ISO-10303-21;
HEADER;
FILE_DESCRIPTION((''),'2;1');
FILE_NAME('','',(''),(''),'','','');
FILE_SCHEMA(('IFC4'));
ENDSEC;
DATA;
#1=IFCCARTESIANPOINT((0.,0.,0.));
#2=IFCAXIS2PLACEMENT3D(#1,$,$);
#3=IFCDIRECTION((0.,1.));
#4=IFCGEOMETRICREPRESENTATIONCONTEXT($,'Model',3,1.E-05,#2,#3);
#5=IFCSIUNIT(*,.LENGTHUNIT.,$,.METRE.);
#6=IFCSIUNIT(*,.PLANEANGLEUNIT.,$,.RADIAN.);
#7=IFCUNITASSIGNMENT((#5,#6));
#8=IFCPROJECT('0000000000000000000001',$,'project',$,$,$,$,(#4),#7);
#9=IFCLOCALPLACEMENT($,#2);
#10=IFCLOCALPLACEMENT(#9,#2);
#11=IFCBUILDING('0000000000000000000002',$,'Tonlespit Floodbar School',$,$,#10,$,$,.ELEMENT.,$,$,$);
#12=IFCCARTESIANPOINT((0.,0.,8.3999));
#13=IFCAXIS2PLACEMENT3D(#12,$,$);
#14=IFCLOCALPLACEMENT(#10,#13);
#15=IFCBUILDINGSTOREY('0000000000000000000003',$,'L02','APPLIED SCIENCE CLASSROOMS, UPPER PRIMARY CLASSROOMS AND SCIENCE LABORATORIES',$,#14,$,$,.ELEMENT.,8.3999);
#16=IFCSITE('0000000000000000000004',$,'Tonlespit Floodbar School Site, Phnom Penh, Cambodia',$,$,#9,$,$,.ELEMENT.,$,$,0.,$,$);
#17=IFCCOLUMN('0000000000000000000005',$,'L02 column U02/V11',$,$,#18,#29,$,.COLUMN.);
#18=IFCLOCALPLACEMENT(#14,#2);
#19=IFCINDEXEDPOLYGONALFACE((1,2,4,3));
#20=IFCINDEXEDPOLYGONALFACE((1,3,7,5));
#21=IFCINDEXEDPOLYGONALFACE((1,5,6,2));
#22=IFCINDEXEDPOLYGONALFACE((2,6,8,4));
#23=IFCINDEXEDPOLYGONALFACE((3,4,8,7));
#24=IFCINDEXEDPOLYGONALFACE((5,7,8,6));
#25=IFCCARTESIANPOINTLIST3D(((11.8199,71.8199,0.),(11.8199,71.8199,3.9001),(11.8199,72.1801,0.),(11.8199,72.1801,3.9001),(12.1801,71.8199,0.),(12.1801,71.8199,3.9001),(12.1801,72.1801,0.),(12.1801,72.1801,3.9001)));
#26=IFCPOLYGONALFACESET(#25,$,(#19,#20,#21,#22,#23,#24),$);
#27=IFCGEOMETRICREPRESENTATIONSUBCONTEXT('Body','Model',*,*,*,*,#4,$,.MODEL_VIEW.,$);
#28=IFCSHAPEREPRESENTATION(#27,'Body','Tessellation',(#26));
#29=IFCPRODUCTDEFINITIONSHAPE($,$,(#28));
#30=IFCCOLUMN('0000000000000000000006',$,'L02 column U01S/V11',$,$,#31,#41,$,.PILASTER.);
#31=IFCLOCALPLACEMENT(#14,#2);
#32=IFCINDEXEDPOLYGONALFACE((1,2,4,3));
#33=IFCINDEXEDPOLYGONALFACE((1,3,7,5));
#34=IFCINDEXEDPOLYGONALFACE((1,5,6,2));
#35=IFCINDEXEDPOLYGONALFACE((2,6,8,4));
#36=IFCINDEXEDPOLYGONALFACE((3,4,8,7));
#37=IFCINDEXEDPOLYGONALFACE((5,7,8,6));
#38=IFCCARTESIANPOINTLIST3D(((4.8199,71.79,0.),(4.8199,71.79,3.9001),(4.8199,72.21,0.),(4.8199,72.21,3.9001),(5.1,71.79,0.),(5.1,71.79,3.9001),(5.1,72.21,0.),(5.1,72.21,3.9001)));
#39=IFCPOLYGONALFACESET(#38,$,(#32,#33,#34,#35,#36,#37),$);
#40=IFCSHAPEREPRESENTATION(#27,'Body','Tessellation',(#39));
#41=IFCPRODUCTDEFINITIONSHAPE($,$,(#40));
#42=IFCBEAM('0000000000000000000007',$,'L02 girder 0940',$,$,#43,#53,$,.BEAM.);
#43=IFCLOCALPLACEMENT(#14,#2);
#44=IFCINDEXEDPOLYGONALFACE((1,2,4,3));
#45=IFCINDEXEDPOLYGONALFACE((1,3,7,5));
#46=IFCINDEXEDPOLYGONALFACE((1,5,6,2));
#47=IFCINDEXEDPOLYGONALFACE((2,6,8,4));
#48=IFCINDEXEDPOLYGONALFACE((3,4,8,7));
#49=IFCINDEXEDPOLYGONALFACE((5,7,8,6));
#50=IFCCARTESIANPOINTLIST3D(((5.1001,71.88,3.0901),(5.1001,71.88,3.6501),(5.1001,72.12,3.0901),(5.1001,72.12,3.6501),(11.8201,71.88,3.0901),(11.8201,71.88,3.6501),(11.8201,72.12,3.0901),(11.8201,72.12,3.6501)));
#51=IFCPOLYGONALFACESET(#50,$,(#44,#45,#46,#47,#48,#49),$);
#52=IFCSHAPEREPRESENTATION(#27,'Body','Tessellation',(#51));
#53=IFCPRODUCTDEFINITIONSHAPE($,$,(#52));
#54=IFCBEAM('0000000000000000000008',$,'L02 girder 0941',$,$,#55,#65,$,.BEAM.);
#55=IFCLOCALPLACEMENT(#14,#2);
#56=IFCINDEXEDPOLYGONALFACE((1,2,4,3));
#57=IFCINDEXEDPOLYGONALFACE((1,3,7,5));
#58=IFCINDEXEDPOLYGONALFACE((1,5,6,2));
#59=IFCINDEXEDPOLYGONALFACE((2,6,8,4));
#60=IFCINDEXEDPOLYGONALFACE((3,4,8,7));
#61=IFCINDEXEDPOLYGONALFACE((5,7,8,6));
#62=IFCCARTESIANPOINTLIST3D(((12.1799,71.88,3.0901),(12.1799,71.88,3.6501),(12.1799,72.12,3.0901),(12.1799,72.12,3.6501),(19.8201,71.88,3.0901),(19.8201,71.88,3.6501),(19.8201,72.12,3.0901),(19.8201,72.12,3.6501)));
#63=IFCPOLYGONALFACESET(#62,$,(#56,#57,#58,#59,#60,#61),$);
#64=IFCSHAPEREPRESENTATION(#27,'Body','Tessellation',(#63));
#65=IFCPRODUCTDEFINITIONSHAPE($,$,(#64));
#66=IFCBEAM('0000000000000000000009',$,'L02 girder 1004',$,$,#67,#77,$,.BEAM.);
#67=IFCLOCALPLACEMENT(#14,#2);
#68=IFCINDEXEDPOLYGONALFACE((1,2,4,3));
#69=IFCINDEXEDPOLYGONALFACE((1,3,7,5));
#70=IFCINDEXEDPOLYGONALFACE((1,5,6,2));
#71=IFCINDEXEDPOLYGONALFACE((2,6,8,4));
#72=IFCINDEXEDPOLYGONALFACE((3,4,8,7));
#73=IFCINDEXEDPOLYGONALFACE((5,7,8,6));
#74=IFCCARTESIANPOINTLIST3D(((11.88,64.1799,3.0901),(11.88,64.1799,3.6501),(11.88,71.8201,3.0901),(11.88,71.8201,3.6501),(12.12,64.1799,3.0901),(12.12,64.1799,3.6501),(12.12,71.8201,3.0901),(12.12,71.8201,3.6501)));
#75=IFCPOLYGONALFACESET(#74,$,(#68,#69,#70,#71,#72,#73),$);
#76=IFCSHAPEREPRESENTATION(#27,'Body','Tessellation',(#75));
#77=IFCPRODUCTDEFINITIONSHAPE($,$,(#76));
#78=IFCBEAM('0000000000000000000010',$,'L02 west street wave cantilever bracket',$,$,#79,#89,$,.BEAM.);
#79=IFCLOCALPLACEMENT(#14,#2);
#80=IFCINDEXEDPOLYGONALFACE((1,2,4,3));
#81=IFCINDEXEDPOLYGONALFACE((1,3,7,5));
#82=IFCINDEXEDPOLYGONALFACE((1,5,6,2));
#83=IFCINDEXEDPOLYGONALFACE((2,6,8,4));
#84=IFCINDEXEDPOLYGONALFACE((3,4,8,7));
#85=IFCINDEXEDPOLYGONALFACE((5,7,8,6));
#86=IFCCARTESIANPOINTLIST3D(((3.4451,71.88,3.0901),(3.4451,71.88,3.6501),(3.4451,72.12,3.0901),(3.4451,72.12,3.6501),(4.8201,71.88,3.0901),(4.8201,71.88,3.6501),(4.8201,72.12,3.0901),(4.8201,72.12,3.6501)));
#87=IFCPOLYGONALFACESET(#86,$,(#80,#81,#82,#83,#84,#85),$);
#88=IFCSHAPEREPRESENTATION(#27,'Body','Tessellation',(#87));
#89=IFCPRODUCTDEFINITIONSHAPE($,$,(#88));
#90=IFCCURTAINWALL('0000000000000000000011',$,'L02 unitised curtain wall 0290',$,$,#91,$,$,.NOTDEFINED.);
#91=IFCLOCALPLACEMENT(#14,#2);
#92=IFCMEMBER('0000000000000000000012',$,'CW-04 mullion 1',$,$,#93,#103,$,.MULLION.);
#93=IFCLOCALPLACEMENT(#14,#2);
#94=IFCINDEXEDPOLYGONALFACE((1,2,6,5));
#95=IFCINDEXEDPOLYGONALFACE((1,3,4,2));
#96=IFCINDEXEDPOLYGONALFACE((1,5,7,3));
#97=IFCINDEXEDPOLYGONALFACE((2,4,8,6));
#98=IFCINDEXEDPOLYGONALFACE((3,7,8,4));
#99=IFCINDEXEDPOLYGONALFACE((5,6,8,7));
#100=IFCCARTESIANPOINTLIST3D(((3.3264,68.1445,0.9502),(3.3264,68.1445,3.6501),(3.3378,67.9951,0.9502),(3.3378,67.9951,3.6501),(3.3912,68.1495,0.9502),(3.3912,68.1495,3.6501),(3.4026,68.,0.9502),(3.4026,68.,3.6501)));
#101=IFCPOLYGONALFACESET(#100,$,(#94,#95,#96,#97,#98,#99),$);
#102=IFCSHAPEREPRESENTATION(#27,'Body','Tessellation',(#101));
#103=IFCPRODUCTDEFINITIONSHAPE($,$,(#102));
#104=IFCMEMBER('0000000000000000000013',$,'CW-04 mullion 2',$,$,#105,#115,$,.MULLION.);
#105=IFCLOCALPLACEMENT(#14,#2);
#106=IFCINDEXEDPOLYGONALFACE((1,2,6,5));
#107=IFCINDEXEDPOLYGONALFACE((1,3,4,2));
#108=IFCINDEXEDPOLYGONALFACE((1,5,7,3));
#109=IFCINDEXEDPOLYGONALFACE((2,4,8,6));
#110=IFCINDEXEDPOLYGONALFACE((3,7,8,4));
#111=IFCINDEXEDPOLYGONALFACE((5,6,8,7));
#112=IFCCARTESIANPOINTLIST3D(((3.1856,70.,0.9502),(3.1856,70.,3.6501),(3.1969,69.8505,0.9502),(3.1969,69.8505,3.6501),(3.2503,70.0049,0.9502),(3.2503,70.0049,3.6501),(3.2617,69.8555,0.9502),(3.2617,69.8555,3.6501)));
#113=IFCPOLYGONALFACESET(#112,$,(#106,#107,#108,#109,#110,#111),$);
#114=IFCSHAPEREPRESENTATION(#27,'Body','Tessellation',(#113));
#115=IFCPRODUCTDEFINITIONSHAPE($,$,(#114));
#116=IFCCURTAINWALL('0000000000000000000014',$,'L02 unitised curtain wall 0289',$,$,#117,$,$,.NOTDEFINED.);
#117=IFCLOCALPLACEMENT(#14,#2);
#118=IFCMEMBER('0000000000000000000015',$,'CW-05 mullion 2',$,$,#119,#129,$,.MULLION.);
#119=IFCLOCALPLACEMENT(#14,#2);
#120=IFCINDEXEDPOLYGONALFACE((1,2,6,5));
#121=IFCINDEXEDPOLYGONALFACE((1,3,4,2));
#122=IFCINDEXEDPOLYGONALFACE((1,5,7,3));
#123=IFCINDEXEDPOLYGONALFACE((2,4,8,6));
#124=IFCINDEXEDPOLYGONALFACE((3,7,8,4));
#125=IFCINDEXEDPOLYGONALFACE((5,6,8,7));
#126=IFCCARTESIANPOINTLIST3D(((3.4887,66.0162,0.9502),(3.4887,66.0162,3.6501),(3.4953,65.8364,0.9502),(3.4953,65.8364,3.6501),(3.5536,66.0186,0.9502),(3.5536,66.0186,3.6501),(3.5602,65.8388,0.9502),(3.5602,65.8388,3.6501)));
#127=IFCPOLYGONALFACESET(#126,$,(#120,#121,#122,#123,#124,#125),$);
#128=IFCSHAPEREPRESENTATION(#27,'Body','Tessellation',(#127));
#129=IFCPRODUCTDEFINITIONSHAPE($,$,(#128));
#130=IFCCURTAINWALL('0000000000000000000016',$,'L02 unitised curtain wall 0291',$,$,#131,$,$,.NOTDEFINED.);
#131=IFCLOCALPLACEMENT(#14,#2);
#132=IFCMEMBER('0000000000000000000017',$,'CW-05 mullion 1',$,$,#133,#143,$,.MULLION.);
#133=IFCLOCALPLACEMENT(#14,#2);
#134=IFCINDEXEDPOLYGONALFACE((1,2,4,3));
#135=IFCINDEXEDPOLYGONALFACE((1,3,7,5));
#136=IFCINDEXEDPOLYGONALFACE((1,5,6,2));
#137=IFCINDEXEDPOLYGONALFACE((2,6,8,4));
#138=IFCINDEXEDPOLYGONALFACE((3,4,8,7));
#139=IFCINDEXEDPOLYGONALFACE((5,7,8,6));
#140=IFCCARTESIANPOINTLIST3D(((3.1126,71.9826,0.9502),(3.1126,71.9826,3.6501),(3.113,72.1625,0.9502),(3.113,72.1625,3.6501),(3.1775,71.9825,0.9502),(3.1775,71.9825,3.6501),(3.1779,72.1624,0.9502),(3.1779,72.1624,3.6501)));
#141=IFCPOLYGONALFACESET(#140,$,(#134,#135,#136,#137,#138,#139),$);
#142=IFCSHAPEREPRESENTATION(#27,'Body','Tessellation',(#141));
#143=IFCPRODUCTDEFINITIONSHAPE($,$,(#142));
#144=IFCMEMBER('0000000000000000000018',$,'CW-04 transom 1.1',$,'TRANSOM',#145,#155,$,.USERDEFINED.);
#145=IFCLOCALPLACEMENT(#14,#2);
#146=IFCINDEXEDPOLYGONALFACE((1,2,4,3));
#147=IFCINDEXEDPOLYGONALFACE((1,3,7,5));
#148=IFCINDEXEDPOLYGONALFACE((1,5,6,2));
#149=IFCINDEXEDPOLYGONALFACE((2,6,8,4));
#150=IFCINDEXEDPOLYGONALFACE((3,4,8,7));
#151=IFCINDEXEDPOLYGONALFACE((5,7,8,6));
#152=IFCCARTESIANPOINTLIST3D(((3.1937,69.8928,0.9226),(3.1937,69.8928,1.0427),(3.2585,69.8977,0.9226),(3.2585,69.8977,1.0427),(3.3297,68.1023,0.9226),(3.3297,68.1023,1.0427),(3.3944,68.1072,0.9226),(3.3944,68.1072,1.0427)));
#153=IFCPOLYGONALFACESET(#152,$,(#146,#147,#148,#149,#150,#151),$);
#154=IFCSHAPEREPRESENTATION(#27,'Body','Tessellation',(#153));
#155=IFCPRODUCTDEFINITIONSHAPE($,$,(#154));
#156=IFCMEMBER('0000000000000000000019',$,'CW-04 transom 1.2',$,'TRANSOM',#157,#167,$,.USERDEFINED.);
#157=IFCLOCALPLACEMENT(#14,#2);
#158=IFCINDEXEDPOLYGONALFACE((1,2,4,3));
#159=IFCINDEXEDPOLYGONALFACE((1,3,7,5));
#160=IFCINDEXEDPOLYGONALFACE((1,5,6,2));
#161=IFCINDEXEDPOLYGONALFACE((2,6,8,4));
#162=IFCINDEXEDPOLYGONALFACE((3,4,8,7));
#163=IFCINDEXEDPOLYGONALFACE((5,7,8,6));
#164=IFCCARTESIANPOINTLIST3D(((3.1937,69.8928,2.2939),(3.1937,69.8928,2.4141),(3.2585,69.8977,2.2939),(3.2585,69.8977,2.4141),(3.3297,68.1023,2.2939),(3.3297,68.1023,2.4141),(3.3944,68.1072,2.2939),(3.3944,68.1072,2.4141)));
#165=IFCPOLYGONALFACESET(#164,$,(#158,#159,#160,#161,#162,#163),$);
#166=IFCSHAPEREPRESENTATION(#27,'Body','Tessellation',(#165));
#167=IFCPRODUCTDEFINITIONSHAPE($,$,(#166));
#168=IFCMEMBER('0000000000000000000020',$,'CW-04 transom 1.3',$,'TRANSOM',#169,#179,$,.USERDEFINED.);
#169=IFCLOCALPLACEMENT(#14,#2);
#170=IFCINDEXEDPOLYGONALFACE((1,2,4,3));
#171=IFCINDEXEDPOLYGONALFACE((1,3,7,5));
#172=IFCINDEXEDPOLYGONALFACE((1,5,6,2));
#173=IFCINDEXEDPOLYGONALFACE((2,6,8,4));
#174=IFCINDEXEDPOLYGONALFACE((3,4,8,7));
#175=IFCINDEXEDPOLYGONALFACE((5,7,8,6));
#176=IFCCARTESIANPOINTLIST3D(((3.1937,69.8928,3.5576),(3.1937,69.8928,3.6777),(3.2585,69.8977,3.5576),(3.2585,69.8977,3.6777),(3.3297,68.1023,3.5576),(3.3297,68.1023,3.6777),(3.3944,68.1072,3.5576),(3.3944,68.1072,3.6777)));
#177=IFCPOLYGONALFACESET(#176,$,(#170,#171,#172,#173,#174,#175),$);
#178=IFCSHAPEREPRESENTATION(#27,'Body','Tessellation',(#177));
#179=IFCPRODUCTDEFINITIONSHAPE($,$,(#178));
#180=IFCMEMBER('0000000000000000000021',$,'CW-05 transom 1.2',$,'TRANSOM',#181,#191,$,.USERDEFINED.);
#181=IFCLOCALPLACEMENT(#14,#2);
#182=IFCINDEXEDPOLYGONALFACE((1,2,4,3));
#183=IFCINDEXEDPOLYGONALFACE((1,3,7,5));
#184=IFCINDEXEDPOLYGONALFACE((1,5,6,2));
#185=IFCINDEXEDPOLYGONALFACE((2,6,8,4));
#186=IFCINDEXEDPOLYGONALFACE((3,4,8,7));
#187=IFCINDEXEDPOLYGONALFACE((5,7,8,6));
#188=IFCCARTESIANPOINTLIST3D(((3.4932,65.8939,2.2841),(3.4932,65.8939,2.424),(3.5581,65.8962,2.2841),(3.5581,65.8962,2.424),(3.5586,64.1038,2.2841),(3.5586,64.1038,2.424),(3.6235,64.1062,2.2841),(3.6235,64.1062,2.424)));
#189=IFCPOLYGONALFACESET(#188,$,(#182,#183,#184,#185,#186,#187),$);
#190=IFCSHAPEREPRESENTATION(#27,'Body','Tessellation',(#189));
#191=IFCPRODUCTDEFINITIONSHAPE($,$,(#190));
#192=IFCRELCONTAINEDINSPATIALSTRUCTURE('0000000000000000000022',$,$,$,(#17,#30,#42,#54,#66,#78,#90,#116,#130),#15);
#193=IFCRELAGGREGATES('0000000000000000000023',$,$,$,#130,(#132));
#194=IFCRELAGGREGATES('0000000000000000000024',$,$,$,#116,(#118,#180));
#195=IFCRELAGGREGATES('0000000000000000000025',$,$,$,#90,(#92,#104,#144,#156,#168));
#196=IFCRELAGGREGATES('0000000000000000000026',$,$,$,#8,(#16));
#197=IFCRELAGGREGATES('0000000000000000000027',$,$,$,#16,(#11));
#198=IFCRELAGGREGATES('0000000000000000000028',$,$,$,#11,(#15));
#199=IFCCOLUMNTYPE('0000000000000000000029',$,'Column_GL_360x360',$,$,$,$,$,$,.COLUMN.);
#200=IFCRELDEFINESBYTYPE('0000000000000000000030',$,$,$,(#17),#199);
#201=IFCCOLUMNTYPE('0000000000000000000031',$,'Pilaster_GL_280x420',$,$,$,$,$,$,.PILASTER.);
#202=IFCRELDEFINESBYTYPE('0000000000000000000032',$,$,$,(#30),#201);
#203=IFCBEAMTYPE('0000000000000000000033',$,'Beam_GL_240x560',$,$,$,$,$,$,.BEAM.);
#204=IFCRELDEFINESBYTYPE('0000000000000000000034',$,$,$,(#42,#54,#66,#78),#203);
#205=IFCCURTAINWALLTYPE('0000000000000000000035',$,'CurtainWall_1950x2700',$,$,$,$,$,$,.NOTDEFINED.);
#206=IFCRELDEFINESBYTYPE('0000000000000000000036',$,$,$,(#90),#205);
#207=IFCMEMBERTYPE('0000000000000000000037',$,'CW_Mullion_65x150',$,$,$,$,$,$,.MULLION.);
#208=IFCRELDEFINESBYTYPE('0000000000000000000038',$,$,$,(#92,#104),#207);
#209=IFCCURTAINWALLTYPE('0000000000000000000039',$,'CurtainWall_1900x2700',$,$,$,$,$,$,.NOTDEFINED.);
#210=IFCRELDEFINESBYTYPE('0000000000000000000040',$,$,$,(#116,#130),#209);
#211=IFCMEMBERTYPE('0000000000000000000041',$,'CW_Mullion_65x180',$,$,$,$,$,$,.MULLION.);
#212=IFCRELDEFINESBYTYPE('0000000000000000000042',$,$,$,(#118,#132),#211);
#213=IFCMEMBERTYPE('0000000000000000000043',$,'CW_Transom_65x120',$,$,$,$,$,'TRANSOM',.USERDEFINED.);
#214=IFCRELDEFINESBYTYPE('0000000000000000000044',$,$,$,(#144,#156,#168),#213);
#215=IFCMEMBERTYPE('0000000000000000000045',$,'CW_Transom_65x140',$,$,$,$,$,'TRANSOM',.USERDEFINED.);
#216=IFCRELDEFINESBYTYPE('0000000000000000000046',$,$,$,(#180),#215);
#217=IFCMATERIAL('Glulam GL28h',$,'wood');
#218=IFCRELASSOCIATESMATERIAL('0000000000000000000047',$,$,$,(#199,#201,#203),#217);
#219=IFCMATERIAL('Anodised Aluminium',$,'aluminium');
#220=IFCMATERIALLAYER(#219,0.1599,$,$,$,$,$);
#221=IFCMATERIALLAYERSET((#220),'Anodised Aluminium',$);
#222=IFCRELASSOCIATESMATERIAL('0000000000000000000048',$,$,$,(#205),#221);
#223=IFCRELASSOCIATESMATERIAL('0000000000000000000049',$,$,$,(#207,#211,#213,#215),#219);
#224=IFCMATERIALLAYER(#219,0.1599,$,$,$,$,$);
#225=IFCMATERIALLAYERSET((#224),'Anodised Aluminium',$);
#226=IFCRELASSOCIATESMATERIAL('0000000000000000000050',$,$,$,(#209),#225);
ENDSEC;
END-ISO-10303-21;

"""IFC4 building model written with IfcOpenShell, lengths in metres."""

from ifc_helpers import new_model, si_unit, direction, frame, origin, origin_2d, place, context, subcontext, project, spatial, rectangle, extrude, material, layer, layer_set, material_profile, profile_set, type_object, element, aggregate, save


model = new_model("IFC4")

# Units and contexts
model_context = context("Model", 3, precision=1e-05, world=origin(), true_north=direction((0.0, 1.0)))
body_context = subcontext(model_context, "Body", "Model", "MODEL_VIEW")
ifc_project = project(units=[si_unit("LENGTHUNIT", "METRE"), si_unit("PLANEANGLEUNIT", "RADIAN")], contexts=[model_context])

# Site, building, storey
site_placement = place(None, origin())
site = spatial("IfcSite", under=ifc_project, at=site_placement, Name="Tonlespit Floodbar School Site, Phnom Penh, Cambodia", CompositionType="ELEMENT", RefElevation=0.0)
building_placement = place(site_placement, origin())
building = spatial("IfcBuilding", under=site, at=building_placement, Name="Tonlespit Floodbar School", CompositionType="ELEMENT")
storey_placement = place(building_placement, frame((0.0, 0.0, 8.3999)))
storey = spatial("IfcBuildingStorey", under=building, at=storey_placement, Name="L02", Description="APPLIED SCIENCE CLASSROOMS, UPPER PRIMARY CLASSROOMS AND SCIENCE LABORATORIES", CompositionType="ELEMENT", Elevation=8.3999)

# Columns
ifc_material_1 = material(Name="Glulam GL28h", Category="wood")
ifc_material_profile_1 = material_profile(ifc_material_1, rectangle(XDim=0.3601, YDim=0.3601, at=origin_2d()), Name="GL 360x360")
ifc_profile_set_1 = profile_set([ifc_material_profile_1], Name="Glulam GL28h")
column_type_1 = type_object("IfcColumnType", Name="Column_GL_360x360", PredefinedType="COLUMN", material=ifc_profile_set_1)
column_1_placement = place(storey_placement, frame((12.0, 72.0, 0.0), z_axis=(0.0, 0.0, 1.0), x_axis=(1.0, 0.0, 0.0)))
element("IfcColumn", 1, at=column_1_placement, inside=storey, type_object=column_type_1, Name="L02 column U02/V11", PredefinedType="COLUMN", context=body_context, shape_type="SweptSolid", body=[
    extrude(rectangle(XDim=0.3601, YDim=0.3601, at=origin_2d()), origin(), (0.0, 0.0, 1.0), 3.9001),
])
ifc_material_profile_2 = material_profile(ifc_material_1, rectangle(XDim=0.28, YDim=0.4199, at=origin_2d()), Name="GL 280x420")
ifc_profile_set_2 = profile_set([ifc_material_profile_2], Name="Glulam GL28h")
column_type_2 = type_object("IfcColumnType", Name="Pilaster_GL_280x420", PredefinedType="PILASTER", material=ifc_profile_set_2)
column_2_placement = place(storey_placement, frame((4.96, 72.0, 0.0), z_axis=(0.0, 0.0, 1.0), x_axis=(1.0, 0.0, 0.0)))
element("IfcColumn", 2, at=column_2_placement, inside=storey, type_object=column_type_2, Name="L02 column U01S/V11", PredefinedType="PILASTER", context=body_context, shape_type="SweptSolid", body=[
    extrude(rectangle(XDim=0.28, YDim=0.4199, at=origin_2d()), origin(), (0.0, 0.0, 1.0), 3.9001),
])

# Beams
ifc_material_profile_3 = material_profile(ifc_material_1, rectangle(XDim=0.24, YDim=0.5601, at=origin_2d()), Name="GL 240x560")
ifc_profile_set_3 = profile_set([ifc_material_profile_3], Name="Glulam GL28h")
beam_type_1 = type_object("IfcBeamType", Name="Beam_GL_240x560", PredefinedType="BEAM", material=ifc_profile_set_3)
beam_1_placement = place(storey_placement, frame((5.1001, 72.0, 3.3701), z_axis=(1.0, 0.0, 0.0), x_axis=(0.0, 1.0, 0.0)))
element("IfcBeam", 3, at=beam_1_placement, inside=storey, type_object=beam_type_1, Name="L02 girder 0940", PredefinedType="BEAM", context=body_context, shape_type="SweptSolid", body=[
    extrude(rectangle(XDim=0.24, YDim=0.5601, at=origin_2d()), origin(), (0.0, 0.0, 1.0), 6.72),
])
for number, where, z_axis, x_axis, name in (
    (4, (12.1799, 72.0, 3.3701), (1.0, 0.0, 0.0), (0.0, 1.0, 0.0), "L02 girder 0941"),
    (5, (12.0, 64.1799, 3.3701), (0.0, 1.0, 0.0), (-1.0, 0.0, 0.0), "L02 girder 1004"),
):
    element("IfcBeam", number, at=place(storey_placement, frame(where, z_axis=z_axis, x_axis=x_axis)), inside=storey, type_object=beam_type_1, Name=name, PredefinedType="BEAM", context=body_context, shape_type="SweptSolid", body=[
        extrude(rectangle(XDim=0.24, YDim=0.5601, at=origin_2d()), origin(), (0.0, 0.0, 1.0), 7.6401),
    ])
beam_2_placement = place(storey_placement, frame((4.8201, 72.0, 3.3701), z_axis=(-1.0, 0.0, 0.0), x_axis=(0.0, -1.0, 0.0)))
element("IfcBeam", 6, at=beam_2_placement, inside=storey, type_object=beam_type_1, Name="L02 west street wave cantilever bracket", PredefinedType="BEAM", context=body_context, shape_type="SweptSolid", body=[
    extrude(rectangle(XDim=0.24, YDim=0.5601, at=origin_2d()), origin(), (0.0, 0.0, 1.0), 1.375),
])

# Curtain wall, members
ifc_material_2 = material(Name="Anodised Aluminium", Category="aluminium")
ifc_layer_1 = layer(ifc_material_2, 0.1599)
ifc_layer_set_1 = layer_set([ifc_layer_1], Name="Anodised Aluminium")
curtain_wall_type_1 = type_object("IfcCurtainWallType", Name="CurtainWall_1950x2700", PredefinedType="NOTDEFINED", material=ifc_layer_set_1)
curtain_wall_1_placement = place(storey_placement, origin())
curtain_wall_1 = element("IfcCurtainWall", 7, at=curtain_wall_1_placement, inside=storey, type_object=curtain_wall_type_1, Name="L02 unitised curtain wall 0290", PredefinedType="NOTDEFINED")
ifc_material_profile_4 = material_profile(ifc_material_2, rectangle(XDim=0.0649, YDim=0.1499, at=origin_2d()), Name="ALU M65x150")
ifc_profile_set_4 = profile_set([ifc_material_profile_4], Name="Anodised Aluminium")
member_type_1 = type_object("IfcMemberType", Name="CW_Mullion_65x150", PredefinedType="MULLION", material=ifc_profile_set_4)
member_1_placement = place(storey_placement, frame((3.3645, 68.0723, 0.9502), z_axis=(0.0, 0.0, 1.0), x_axis=(-0.99713, -0.075712, 0.0)))
member_1 = element("IfcMember", 8, at=member_1_placement, type_object=member_type_1, Name="CW-04 mullion 1", PredefinedType="MULLION", context=body_context, shape_type="SweptSolid", body=[
    extrude(rectangle(XDim=0.0649, YDim=0.1499, at=origin_2d()), origin(), (0.0, 0.0, 1.0), 2.7),
])
member_2_placement = place(storey_placement, frame((3.2236, 69.9277, 0.9502), z_axis=(0.0, 0.0, 1.0), x_axis=(-0.99713, -0.075712, 0.0)))
member_2 = element("IfcMember", 9, at=member_2_placement, type_object=member_type_1, Name="CW-04 mullion 2", PredefinedType="MULLION", context=body_context, shape_type="SweptSolid", body=[
    extrude(rectangle(XDim=0.0649, YDim=0.1499, at=origin_2d()), origin(), (0.0, 0.0, 1.0), 2.7),
])

# Curtain walls, members
ifc_layer_2 = layer(ifc_material_2, 0.1599)
ifc_layer_set_2 = layer_set([ifc_layer_2], Name="Anodised Aluminium")
curtain_wall_type_2 = type_object("IfcCurtainWallType", Name="CurtainWall_1900x2700", PredefinedType="NOTDEFINED", material=ifc_layer_set_2)
curtain_wall_2_placement = place(storey_placement, origin())
curtain_wall_2 = element("IfcCurtainWall", 10, at=curtain_wall_2_placement, inside=storey, type_object=curtain_wall_type_2, Name="L02 unitised curtain wall 0289", PredefinedType="NOTDEFINED")
ifc_material_profile_5 = material_profile(ifc_material_2, rectangle(XDim=0.0649, YDim=0.1799, at=origin_2d()), Name="ALU M65x180")
ifc_profile_set_5 = profile_set([ifc_material_profile_5], Name="Anodised Aluminium")
member_type_2 = type_object("IfcMemberType", Name="CW_Mullion_65x180", PredefinedType="MULLION", material=ifc_profile_set_5)
member_3_placement = place(storey_placement, frame((3.5244, 65.9275, 0.9502), z_axis=(0.0, 0.0, 1.0), x_axis=(-0.999332, -0.036538, 0.0)))
member_3 = element("IfcMember", 11, at=member_3_placement, type_object=member_type_2, Name="CW-05 mullion 2", PredefinedType="MULLION", context=body_context, shape_type="SweptSolid", body=[
    extrude(rectangle(XDim=0.0649, YDim=0.1799, at=origin_2d()), origin(), (0.0, 0.0, 1.0), 2.7),
])
curtain_wall_3_placement = place(storey_placement, origin())
curtain_wall_3 = element("IfcCurtainWall", 12, at=curtain_wall_3_placement, inside=storey, type_object=curtain_wall_type_2, Name="L02 unitised curtain wall 0291", PredefinedType="NOTDEFINED")
member_4_placement = place(storey_placement, frame((3.1453, 72.0725, 0.9502), z_axis=(0.0, 0.0, 1.0), x_axis=(-0.999998, 0.002187, 0.0)))
member_4 = element("IfcMember", 13, at=member_4_placement, type_object=member_type_2, Name="CW-05 mullion 1", PredefinedType="MULLION", context=body_context, shape_type="SweptSolid", body=[
    extrude(rectangle(XDim=0.0649, YDim=0.1799, at=origin_2d()), origin(), (0.0, 0.0, 1.0), 2.7),
])

# Members
ifc_material_profile_6 = material_profile(ifc_material_2, rectangle(XDim=0.0649, YDim=0.1201, at=origin_2d()), Name="ALU T65x120")
ifc_profile_set_6 = profile_set([ifc_material_profile_6], Name="Anodised Aluminium")
member_type_3 = type_object("IfcMemberType", Name="CW_Transom_65x120", ElementType="TRANSOM", PredefinedType="USERDEFINED", material=ifc_profile_set_6)
member_5_placement = place(storey_placement, frame((3.3621, 68.1047, 0.9827), z_axis=(-0.07573, 0.997128, 0.0), x_axis=(-0.997128, -0.07573, 0.0)))
member_5 = element("IfcMember", 14, at=member_5_placement, type_object=member_type_3, Name="CW-04 transom 1.1", ObjectType="TRANSOM", PredefinedType="USERDEFINED", context=body_context, shape_type="SweptSolid", body=[
    extrude(rectangle(XDim=0.0649, YDim=0.1201, at=origin_2d()), origin(), (0.0, 0.0, 1.0), 1.7957),
])
member_6_placement = place(storey_placement, frame((3.3621, 68.1047, 2.354), z_axis=(-0.07573, 0.997128, 0.0), x_axis=(-0.997128, -0.07573, 0.0)))
member_6 = element("IfcMember", 15, at=member_6_placement, type_object=member_type_3, Name="CW-04 transom 1.2", ObjectType="TRANSOM", PredefinedType="USERDEFINED", context=body_context, shape_type="SweptSolid", body=[
    extrude(rectangle(XDim=0.0649, YDim=0.1201, at=origin_2d()), origin(), (0.0, 0.0, 1.0), 1.7957),
])
member_7_placement = place(storey_placement, frame((3.3621, 68.1047, 3.6177), z_axis=(-0.07573, 0.997128, 0.0), x_axis=(-0.997128, -0.07573, 0.0)))
member_7 = element("IfcMember", 16, at=member_7_placement, type_object=member_type_3, Name="CW-04 transom 1.3", ObjectType="TRANSOM", PredefinedType="USERDEFINED", context=body_context, shape_type="SweptSolid", body=[
    extrude(rectangle(XDim=0.0649, YDim=0.1201, at=origin_2d()), origin(), (0.0, 0.0, 1.0), 1.7957),
])
ifc_material_profile_7 = material_profile(ifc_material_2, rectangle(XDim=0.0649, YDim=0.1399, at=origin_2d()), Name="ALU T65x140")
ifc_profile_set_7 = profile_set([ifc_material_profile_7], Name="Anodised Aluminium")
member_type_4 = type_object("IfcMemberType", Name="CW_Transom_65x140", ElementType="TRANSOM", PredefinedType="USERDEFINED", material=ifc_profile_set_7)
member_8_placement = place(storey_placement, frame((3.5911, 64.105, 2.354), z_axis=(-0.036528, 0.999333, 0.0), x_axis=(-0.999333, -0.036528, 0.0)))
member_8 = element("IfcMember", 17, at=member_8_placement, type_object=member_type_4, Name="CW-05 transom 1.2", ObjectType="TRANSOM", PredefinedType="USERDEFINED", context=body_context, shape_type="SweptSolid", body=[
    extrude(rectangle(XDim=0.0649, YDim=0.1399, at=origin_2d()), origin(), (0.0, 0.0, 1.0), 1.7913),
])
aggregate(curtain_wall_3, [member_4])

aggregate(curtain_wall_2, [member_3, member_8])
aggregate(curtain_wall_1, [member_1, member_2, member_5, member_6, member_7])

save(model, "model.ifc")
